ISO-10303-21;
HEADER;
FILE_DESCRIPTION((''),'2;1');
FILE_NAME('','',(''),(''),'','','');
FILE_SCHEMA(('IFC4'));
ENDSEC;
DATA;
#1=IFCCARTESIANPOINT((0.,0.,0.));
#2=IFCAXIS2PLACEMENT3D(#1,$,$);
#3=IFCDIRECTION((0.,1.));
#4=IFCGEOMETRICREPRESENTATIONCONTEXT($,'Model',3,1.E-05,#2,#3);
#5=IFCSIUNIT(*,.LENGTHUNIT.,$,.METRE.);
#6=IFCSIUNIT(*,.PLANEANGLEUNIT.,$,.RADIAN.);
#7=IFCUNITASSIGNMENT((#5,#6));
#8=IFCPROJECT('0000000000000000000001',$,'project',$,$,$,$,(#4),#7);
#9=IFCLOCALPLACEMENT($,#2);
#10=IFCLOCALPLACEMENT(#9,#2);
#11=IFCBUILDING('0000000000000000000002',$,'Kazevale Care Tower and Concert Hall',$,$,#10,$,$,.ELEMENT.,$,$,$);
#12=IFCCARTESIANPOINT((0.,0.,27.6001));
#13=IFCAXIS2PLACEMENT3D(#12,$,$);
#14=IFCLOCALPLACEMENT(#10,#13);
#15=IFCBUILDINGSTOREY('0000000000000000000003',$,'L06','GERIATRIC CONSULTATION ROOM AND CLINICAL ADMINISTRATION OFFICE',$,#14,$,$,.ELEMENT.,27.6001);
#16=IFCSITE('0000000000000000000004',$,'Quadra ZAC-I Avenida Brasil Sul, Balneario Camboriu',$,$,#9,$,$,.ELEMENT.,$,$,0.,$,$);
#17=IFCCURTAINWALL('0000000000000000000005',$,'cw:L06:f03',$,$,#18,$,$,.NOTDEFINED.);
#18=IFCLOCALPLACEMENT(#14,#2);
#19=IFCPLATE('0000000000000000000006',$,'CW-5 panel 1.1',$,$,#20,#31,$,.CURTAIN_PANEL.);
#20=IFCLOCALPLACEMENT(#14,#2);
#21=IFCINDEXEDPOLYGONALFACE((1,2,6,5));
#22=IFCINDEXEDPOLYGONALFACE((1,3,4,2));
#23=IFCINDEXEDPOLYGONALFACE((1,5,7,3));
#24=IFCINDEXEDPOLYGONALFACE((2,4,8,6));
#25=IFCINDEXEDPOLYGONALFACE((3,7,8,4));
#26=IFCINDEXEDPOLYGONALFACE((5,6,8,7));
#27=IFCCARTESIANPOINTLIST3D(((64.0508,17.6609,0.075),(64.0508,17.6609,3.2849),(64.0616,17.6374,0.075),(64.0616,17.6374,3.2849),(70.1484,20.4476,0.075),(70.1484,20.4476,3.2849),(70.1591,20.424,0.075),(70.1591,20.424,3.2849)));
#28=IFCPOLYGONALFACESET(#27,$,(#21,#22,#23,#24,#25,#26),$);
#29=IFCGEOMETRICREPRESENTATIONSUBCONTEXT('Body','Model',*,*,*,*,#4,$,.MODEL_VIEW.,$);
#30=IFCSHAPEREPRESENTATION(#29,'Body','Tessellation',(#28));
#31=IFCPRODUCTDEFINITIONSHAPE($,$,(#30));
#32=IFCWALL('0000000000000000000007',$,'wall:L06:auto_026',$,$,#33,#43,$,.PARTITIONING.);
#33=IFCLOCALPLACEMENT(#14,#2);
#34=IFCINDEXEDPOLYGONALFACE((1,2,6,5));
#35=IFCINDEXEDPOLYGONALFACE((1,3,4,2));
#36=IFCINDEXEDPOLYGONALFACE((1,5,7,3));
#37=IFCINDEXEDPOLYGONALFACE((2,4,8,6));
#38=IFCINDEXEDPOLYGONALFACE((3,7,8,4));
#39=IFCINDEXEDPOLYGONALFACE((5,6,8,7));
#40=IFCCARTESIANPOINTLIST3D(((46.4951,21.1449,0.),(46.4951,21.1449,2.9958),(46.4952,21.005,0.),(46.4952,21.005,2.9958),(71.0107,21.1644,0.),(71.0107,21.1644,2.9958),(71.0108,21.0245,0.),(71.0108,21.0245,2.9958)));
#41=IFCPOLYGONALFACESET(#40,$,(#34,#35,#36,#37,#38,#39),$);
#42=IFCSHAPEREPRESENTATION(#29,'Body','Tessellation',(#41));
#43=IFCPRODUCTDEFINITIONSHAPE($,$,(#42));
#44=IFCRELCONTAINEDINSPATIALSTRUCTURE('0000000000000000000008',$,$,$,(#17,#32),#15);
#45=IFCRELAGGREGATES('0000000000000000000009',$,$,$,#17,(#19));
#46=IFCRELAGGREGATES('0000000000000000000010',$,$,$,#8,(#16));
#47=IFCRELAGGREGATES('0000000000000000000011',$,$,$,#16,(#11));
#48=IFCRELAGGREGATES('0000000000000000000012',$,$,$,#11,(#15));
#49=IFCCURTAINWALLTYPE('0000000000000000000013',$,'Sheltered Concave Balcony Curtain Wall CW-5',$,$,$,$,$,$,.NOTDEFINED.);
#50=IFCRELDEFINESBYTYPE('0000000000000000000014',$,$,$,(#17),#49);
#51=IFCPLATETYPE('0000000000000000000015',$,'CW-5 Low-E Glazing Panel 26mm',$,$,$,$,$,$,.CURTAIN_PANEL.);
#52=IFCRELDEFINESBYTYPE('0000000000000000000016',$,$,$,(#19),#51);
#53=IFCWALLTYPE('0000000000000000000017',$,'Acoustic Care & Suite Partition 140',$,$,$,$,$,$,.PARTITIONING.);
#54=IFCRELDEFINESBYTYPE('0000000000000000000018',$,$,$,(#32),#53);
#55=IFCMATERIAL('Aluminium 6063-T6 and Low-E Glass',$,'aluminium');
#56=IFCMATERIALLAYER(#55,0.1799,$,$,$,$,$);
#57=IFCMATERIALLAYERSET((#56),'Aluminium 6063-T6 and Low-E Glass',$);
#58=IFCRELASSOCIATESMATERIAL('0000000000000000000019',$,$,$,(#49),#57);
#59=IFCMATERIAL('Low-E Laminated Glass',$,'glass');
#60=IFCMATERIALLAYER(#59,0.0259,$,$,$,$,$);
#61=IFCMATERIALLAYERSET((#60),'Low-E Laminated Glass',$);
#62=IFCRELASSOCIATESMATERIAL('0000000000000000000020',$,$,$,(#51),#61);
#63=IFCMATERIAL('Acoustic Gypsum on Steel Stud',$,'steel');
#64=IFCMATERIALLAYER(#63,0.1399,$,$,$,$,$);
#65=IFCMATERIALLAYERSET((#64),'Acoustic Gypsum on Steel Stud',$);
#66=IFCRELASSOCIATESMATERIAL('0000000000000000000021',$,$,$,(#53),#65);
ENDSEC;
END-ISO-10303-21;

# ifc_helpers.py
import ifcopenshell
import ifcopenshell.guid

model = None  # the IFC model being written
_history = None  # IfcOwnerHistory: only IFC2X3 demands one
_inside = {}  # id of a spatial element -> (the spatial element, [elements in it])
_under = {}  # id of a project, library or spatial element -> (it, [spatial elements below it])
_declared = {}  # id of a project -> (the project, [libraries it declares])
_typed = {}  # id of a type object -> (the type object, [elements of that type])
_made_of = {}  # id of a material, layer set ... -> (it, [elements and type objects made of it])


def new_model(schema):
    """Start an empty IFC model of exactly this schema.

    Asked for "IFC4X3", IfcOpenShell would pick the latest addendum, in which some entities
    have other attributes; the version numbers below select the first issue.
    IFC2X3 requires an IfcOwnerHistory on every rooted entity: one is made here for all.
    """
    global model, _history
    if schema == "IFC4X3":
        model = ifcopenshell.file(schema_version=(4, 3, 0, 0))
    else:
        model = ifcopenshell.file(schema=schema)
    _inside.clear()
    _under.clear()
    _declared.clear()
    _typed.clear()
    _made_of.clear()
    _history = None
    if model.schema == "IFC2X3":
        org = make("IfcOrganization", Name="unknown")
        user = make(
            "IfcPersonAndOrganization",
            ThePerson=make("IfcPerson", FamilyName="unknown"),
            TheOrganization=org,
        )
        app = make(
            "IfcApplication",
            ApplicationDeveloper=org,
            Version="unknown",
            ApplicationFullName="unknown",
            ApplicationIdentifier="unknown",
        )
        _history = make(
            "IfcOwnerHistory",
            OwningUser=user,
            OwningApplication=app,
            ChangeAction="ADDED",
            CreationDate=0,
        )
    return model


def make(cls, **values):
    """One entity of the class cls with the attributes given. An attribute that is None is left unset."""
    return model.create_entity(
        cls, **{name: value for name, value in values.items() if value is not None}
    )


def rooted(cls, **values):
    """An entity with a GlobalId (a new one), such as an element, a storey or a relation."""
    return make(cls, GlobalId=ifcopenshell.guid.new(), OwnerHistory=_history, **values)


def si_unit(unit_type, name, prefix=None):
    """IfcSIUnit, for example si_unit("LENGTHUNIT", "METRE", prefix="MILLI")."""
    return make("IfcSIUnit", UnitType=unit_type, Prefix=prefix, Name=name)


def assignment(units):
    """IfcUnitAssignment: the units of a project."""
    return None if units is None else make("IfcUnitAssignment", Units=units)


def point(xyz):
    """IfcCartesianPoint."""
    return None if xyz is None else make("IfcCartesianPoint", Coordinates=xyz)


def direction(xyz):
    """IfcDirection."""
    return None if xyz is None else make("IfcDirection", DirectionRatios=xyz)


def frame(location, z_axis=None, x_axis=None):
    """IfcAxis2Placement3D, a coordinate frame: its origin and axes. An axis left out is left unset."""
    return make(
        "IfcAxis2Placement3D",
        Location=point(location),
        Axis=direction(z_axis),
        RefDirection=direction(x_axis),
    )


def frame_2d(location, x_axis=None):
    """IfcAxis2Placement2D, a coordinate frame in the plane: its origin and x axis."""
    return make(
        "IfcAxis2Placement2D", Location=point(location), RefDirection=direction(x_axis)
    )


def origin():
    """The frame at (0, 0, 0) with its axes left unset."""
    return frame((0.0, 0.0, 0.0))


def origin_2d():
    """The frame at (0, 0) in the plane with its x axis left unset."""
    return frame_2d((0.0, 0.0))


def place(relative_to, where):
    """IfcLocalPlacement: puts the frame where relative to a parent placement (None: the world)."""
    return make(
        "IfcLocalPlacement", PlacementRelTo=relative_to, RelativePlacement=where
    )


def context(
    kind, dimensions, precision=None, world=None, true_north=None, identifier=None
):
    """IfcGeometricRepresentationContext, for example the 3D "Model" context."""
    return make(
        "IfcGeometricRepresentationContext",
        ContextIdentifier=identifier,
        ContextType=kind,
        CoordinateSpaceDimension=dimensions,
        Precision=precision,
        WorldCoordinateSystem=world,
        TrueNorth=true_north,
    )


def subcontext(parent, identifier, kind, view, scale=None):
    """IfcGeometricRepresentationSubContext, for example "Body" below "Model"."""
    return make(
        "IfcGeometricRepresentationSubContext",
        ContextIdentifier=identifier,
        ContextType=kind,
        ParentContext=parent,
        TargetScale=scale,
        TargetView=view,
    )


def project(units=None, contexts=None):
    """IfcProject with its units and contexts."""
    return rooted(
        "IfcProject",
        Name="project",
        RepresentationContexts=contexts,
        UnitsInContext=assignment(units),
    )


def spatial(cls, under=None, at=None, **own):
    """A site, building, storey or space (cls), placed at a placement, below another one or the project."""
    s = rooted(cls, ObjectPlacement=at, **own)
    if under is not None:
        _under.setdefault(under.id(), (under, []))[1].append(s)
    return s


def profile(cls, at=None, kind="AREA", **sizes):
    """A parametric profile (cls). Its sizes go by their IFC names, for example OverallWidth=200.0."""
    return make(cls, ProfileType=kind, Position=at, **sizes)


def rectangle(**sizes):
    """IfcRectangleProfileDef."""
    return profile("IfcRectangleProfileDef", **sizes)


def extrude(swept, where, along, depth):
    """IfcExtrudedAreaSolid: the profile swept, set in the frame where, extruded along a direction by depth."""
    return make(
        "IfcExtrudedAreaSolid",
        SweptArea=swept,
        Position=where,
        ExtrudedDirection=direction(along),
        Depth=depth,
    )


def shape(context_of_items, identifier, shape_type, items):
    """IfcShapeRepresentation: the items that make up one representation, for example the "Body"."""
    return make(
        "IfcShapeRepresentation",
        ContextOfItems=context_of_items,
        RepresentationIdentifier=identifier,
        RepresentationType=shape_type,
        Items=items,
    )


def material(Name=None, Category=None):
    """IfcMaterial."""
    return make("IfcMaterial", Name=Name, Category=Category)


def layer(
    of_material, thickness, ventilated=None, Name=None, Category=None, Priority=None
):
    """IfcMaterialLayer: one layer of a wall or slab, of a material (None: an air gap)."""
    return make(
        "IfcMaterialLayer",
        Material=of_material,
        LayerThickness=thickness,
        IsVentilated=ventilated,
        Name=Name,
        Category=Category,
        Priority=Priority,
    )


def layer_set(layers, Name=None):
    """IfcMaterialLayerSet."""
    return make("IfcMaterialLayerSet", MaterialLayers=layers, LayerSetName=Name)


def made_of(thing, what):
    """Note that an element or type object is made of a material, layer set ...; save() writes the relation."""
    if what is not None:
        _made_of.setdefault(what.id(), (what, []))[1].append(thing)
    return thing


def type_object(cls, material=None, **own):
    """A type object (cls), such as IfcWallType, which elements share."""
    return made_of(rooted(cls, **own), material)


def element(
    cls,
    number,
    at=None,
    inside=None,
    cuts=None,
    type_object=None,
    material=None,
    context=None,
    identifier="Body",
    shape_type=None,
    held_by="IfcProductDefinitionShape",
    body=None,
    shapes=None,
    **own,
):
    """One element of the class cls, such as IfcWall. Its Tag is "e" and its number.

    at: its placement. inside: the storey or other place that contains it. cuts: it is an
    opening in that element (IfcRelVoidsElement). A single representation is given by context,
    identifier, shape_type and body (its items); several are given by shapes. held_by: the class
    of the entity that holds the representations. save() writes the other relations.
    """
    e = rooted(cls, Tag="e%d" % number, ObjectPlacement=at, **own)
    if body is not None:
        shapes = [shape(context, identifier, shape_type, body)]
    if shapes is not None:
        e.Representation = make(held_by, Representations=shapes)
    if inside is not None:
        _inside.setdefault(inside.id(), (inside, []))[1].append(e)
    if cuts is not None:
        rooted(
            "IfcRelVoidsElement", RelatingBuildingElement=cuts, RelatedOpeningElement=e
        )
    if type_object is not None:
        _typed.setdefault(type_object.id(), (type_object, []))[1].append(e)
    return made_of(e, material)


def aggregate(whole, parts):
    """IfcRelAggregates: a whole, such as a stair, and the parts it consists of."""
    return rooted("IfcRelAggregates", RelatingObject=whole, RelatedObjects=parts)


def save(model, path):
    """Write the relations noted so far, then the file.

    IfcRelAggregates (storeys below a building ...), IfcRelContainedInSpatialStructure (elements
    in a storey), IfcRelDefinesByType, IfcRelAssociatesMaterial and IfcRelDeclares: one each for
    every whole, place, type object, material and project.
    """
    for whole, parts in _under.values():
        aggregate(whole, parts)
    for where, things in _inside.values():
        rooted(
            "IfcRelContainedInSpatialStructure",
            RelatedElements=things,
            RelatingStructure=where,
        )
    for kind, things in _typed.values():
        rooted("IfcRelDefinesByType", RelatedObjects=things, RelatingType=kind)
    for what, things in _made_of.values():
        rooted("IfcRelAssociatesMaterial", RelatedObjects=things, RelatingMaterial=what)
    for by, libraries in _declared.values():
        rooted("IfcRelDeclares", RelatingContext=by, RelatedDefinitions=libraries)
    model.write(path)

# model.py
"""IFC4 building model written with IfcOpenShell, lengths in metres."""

from ifc_helpers import new_model, si_unit, direction, frame, frame_2d, origin, origin_2d, place, context, subcontext, project, spatial, rectangle, extrude, material, layer, layer_set, type_object, element, aggregate, save


model = new_model("IFC4")

# Units and contexts
model_context = context("Model", 3, precision=1e-05, world=origin(), true_north=direction((0.0, 1.0)))
body_context = subcontext(model_context, "Body", "Model", "MODEL_VIEW")
ifc_project = project(units=[si_unit("LENGTHUNIT", "METRE"), si_unit("PLANEANGLEUNIT", "RADIAN")], contexts=[model_context])

# Site, building, storey
site_placement = place(None, origin())
site = spatial("IfcSite", under=ifc_project, at=site_placement, Name="Quadra ZAC-I Avenida Brasil Sul, Balneario Camboriu", CompositionType="ELEMENT", RefElevation=0.0)
building_placement = place(site_placement, origin())
building = spatial("IfcBuilding", under=site, at=building_placement, Name="Kazevale Care Tower and Concert Hall", CompositionType="ELEMENT")
storey_placement = place(building_placement, frame((0.0, 0.0, 27.6001)))
storey = spatial("IfcBuildingStorey", under=building, at=storey_placement, Name="L06", Description="GERIATRIC CONSULTATION ROOM AND CLINICAL ADMINISTRATION OFFICE", CompositionType="ELEMENT", Elevation=27.6001)

# Shared definitions
ifc_material_1 = material(Name="Aluminium 6063-T6 and Low-E Glass", Category="aluminium")

# Curtain wall
ifc_layer_1 = layer(ifc_material_1, 0.1799)
ifc_layer_set_1 = layer_set([ifc_layer_1], Name="Aluminium 6063-T6 and Low-E Glass")
curtain_wall_type_1 = type_object("IfcCurtainWallType", Name="Sheltered Concave Balcony Curtain Wall CW-5", PredefinedType="NOTDEFINED", material=ifc_layer_set_1)
curtain_wall_1_placement = place(storey_placement, origin())
curtain_wall_1 = element("IfcCurtainWall", 1, at=curtain_wall_1_placement, inside=storey, type_object=curtain_wall_type_1, Name="cw:L06:f03", PredefinedType="NOTDEFINED")

# Plate
ifc_material_2 = material(Name="Low-E Laminated Glass", Category="glass")
ifc_layer_2 = layer(ifc_material_2, 0.0259)
ifc_layer_set_2 = layer_set([ifc_layer_2], Name="Low-E Laminated Glass")
plate_type = type_object("IfcPlateType", Name="CW-5 Low-E Glazing Panel 26mm", PredefinedType="CURTAIN_PANEL", material=ifc_layer_set_2)
plate_1_placement = place(storey_placement, frame((67.105, 19.0425, 0.075), z_axis=(0.0, 0.0, 1.0), x_axis=(-0.90952, -0.41566, 0.0)))
plate_1 = element("IfcPlate", 2, at=plate_1_placement, type_object=plate_type, Name="CW-5 panel 1.1", PredefinedType="CURTAIN_PANEL", context=body_context, shape_type="SweptSolid", body=[
    extrude(rectangle(XDim=6.7041, YDim=0.0259, at=origin_2d()), origin(), (0.0, 0.0, 1.0), 3.21),
])
aggregate(curtain_wall_1, [plate_1])

# Wall
ifc_material_3 = material(Name="Acoustic Gypsum on Steel Stud", Category="steel")
ifc_layer_3 = layer(ifc_material_3, 0.1399)
ifc_layer_set_3 = layer_set([ifc_layer_3], Name="Acoustic Gypsum on Steel Stud")
wall_type = type_object("IfcWallType", Name="Acoustic Care & Suite Partition 140", PredefinedType="PARTITIONING", material=ifc_layer_set_3)
wall_placement = place(storey_placement, frame((71.0107, 21.0945, 0.0), z_axis=(0.0, 0.0, 1.0), x_axis=(-1.0, -0.000797, 0.0)))
element("IfcWall", 3, at=wall_placement, inside=storey, type_object=wall_type, Name="wall:L06:auto_026", PredefinedType="PARTITIONING", context=body_context, shape_type="SweptSolid", body=[
    extrude(rectangle(XDim=24.5156, YDim=0.1399, at=frame_2d((12.2578, 0.0))), origin(), (0.0, 0.0, 1.0), 2.9958),
])

save(model, "model.ifc")
